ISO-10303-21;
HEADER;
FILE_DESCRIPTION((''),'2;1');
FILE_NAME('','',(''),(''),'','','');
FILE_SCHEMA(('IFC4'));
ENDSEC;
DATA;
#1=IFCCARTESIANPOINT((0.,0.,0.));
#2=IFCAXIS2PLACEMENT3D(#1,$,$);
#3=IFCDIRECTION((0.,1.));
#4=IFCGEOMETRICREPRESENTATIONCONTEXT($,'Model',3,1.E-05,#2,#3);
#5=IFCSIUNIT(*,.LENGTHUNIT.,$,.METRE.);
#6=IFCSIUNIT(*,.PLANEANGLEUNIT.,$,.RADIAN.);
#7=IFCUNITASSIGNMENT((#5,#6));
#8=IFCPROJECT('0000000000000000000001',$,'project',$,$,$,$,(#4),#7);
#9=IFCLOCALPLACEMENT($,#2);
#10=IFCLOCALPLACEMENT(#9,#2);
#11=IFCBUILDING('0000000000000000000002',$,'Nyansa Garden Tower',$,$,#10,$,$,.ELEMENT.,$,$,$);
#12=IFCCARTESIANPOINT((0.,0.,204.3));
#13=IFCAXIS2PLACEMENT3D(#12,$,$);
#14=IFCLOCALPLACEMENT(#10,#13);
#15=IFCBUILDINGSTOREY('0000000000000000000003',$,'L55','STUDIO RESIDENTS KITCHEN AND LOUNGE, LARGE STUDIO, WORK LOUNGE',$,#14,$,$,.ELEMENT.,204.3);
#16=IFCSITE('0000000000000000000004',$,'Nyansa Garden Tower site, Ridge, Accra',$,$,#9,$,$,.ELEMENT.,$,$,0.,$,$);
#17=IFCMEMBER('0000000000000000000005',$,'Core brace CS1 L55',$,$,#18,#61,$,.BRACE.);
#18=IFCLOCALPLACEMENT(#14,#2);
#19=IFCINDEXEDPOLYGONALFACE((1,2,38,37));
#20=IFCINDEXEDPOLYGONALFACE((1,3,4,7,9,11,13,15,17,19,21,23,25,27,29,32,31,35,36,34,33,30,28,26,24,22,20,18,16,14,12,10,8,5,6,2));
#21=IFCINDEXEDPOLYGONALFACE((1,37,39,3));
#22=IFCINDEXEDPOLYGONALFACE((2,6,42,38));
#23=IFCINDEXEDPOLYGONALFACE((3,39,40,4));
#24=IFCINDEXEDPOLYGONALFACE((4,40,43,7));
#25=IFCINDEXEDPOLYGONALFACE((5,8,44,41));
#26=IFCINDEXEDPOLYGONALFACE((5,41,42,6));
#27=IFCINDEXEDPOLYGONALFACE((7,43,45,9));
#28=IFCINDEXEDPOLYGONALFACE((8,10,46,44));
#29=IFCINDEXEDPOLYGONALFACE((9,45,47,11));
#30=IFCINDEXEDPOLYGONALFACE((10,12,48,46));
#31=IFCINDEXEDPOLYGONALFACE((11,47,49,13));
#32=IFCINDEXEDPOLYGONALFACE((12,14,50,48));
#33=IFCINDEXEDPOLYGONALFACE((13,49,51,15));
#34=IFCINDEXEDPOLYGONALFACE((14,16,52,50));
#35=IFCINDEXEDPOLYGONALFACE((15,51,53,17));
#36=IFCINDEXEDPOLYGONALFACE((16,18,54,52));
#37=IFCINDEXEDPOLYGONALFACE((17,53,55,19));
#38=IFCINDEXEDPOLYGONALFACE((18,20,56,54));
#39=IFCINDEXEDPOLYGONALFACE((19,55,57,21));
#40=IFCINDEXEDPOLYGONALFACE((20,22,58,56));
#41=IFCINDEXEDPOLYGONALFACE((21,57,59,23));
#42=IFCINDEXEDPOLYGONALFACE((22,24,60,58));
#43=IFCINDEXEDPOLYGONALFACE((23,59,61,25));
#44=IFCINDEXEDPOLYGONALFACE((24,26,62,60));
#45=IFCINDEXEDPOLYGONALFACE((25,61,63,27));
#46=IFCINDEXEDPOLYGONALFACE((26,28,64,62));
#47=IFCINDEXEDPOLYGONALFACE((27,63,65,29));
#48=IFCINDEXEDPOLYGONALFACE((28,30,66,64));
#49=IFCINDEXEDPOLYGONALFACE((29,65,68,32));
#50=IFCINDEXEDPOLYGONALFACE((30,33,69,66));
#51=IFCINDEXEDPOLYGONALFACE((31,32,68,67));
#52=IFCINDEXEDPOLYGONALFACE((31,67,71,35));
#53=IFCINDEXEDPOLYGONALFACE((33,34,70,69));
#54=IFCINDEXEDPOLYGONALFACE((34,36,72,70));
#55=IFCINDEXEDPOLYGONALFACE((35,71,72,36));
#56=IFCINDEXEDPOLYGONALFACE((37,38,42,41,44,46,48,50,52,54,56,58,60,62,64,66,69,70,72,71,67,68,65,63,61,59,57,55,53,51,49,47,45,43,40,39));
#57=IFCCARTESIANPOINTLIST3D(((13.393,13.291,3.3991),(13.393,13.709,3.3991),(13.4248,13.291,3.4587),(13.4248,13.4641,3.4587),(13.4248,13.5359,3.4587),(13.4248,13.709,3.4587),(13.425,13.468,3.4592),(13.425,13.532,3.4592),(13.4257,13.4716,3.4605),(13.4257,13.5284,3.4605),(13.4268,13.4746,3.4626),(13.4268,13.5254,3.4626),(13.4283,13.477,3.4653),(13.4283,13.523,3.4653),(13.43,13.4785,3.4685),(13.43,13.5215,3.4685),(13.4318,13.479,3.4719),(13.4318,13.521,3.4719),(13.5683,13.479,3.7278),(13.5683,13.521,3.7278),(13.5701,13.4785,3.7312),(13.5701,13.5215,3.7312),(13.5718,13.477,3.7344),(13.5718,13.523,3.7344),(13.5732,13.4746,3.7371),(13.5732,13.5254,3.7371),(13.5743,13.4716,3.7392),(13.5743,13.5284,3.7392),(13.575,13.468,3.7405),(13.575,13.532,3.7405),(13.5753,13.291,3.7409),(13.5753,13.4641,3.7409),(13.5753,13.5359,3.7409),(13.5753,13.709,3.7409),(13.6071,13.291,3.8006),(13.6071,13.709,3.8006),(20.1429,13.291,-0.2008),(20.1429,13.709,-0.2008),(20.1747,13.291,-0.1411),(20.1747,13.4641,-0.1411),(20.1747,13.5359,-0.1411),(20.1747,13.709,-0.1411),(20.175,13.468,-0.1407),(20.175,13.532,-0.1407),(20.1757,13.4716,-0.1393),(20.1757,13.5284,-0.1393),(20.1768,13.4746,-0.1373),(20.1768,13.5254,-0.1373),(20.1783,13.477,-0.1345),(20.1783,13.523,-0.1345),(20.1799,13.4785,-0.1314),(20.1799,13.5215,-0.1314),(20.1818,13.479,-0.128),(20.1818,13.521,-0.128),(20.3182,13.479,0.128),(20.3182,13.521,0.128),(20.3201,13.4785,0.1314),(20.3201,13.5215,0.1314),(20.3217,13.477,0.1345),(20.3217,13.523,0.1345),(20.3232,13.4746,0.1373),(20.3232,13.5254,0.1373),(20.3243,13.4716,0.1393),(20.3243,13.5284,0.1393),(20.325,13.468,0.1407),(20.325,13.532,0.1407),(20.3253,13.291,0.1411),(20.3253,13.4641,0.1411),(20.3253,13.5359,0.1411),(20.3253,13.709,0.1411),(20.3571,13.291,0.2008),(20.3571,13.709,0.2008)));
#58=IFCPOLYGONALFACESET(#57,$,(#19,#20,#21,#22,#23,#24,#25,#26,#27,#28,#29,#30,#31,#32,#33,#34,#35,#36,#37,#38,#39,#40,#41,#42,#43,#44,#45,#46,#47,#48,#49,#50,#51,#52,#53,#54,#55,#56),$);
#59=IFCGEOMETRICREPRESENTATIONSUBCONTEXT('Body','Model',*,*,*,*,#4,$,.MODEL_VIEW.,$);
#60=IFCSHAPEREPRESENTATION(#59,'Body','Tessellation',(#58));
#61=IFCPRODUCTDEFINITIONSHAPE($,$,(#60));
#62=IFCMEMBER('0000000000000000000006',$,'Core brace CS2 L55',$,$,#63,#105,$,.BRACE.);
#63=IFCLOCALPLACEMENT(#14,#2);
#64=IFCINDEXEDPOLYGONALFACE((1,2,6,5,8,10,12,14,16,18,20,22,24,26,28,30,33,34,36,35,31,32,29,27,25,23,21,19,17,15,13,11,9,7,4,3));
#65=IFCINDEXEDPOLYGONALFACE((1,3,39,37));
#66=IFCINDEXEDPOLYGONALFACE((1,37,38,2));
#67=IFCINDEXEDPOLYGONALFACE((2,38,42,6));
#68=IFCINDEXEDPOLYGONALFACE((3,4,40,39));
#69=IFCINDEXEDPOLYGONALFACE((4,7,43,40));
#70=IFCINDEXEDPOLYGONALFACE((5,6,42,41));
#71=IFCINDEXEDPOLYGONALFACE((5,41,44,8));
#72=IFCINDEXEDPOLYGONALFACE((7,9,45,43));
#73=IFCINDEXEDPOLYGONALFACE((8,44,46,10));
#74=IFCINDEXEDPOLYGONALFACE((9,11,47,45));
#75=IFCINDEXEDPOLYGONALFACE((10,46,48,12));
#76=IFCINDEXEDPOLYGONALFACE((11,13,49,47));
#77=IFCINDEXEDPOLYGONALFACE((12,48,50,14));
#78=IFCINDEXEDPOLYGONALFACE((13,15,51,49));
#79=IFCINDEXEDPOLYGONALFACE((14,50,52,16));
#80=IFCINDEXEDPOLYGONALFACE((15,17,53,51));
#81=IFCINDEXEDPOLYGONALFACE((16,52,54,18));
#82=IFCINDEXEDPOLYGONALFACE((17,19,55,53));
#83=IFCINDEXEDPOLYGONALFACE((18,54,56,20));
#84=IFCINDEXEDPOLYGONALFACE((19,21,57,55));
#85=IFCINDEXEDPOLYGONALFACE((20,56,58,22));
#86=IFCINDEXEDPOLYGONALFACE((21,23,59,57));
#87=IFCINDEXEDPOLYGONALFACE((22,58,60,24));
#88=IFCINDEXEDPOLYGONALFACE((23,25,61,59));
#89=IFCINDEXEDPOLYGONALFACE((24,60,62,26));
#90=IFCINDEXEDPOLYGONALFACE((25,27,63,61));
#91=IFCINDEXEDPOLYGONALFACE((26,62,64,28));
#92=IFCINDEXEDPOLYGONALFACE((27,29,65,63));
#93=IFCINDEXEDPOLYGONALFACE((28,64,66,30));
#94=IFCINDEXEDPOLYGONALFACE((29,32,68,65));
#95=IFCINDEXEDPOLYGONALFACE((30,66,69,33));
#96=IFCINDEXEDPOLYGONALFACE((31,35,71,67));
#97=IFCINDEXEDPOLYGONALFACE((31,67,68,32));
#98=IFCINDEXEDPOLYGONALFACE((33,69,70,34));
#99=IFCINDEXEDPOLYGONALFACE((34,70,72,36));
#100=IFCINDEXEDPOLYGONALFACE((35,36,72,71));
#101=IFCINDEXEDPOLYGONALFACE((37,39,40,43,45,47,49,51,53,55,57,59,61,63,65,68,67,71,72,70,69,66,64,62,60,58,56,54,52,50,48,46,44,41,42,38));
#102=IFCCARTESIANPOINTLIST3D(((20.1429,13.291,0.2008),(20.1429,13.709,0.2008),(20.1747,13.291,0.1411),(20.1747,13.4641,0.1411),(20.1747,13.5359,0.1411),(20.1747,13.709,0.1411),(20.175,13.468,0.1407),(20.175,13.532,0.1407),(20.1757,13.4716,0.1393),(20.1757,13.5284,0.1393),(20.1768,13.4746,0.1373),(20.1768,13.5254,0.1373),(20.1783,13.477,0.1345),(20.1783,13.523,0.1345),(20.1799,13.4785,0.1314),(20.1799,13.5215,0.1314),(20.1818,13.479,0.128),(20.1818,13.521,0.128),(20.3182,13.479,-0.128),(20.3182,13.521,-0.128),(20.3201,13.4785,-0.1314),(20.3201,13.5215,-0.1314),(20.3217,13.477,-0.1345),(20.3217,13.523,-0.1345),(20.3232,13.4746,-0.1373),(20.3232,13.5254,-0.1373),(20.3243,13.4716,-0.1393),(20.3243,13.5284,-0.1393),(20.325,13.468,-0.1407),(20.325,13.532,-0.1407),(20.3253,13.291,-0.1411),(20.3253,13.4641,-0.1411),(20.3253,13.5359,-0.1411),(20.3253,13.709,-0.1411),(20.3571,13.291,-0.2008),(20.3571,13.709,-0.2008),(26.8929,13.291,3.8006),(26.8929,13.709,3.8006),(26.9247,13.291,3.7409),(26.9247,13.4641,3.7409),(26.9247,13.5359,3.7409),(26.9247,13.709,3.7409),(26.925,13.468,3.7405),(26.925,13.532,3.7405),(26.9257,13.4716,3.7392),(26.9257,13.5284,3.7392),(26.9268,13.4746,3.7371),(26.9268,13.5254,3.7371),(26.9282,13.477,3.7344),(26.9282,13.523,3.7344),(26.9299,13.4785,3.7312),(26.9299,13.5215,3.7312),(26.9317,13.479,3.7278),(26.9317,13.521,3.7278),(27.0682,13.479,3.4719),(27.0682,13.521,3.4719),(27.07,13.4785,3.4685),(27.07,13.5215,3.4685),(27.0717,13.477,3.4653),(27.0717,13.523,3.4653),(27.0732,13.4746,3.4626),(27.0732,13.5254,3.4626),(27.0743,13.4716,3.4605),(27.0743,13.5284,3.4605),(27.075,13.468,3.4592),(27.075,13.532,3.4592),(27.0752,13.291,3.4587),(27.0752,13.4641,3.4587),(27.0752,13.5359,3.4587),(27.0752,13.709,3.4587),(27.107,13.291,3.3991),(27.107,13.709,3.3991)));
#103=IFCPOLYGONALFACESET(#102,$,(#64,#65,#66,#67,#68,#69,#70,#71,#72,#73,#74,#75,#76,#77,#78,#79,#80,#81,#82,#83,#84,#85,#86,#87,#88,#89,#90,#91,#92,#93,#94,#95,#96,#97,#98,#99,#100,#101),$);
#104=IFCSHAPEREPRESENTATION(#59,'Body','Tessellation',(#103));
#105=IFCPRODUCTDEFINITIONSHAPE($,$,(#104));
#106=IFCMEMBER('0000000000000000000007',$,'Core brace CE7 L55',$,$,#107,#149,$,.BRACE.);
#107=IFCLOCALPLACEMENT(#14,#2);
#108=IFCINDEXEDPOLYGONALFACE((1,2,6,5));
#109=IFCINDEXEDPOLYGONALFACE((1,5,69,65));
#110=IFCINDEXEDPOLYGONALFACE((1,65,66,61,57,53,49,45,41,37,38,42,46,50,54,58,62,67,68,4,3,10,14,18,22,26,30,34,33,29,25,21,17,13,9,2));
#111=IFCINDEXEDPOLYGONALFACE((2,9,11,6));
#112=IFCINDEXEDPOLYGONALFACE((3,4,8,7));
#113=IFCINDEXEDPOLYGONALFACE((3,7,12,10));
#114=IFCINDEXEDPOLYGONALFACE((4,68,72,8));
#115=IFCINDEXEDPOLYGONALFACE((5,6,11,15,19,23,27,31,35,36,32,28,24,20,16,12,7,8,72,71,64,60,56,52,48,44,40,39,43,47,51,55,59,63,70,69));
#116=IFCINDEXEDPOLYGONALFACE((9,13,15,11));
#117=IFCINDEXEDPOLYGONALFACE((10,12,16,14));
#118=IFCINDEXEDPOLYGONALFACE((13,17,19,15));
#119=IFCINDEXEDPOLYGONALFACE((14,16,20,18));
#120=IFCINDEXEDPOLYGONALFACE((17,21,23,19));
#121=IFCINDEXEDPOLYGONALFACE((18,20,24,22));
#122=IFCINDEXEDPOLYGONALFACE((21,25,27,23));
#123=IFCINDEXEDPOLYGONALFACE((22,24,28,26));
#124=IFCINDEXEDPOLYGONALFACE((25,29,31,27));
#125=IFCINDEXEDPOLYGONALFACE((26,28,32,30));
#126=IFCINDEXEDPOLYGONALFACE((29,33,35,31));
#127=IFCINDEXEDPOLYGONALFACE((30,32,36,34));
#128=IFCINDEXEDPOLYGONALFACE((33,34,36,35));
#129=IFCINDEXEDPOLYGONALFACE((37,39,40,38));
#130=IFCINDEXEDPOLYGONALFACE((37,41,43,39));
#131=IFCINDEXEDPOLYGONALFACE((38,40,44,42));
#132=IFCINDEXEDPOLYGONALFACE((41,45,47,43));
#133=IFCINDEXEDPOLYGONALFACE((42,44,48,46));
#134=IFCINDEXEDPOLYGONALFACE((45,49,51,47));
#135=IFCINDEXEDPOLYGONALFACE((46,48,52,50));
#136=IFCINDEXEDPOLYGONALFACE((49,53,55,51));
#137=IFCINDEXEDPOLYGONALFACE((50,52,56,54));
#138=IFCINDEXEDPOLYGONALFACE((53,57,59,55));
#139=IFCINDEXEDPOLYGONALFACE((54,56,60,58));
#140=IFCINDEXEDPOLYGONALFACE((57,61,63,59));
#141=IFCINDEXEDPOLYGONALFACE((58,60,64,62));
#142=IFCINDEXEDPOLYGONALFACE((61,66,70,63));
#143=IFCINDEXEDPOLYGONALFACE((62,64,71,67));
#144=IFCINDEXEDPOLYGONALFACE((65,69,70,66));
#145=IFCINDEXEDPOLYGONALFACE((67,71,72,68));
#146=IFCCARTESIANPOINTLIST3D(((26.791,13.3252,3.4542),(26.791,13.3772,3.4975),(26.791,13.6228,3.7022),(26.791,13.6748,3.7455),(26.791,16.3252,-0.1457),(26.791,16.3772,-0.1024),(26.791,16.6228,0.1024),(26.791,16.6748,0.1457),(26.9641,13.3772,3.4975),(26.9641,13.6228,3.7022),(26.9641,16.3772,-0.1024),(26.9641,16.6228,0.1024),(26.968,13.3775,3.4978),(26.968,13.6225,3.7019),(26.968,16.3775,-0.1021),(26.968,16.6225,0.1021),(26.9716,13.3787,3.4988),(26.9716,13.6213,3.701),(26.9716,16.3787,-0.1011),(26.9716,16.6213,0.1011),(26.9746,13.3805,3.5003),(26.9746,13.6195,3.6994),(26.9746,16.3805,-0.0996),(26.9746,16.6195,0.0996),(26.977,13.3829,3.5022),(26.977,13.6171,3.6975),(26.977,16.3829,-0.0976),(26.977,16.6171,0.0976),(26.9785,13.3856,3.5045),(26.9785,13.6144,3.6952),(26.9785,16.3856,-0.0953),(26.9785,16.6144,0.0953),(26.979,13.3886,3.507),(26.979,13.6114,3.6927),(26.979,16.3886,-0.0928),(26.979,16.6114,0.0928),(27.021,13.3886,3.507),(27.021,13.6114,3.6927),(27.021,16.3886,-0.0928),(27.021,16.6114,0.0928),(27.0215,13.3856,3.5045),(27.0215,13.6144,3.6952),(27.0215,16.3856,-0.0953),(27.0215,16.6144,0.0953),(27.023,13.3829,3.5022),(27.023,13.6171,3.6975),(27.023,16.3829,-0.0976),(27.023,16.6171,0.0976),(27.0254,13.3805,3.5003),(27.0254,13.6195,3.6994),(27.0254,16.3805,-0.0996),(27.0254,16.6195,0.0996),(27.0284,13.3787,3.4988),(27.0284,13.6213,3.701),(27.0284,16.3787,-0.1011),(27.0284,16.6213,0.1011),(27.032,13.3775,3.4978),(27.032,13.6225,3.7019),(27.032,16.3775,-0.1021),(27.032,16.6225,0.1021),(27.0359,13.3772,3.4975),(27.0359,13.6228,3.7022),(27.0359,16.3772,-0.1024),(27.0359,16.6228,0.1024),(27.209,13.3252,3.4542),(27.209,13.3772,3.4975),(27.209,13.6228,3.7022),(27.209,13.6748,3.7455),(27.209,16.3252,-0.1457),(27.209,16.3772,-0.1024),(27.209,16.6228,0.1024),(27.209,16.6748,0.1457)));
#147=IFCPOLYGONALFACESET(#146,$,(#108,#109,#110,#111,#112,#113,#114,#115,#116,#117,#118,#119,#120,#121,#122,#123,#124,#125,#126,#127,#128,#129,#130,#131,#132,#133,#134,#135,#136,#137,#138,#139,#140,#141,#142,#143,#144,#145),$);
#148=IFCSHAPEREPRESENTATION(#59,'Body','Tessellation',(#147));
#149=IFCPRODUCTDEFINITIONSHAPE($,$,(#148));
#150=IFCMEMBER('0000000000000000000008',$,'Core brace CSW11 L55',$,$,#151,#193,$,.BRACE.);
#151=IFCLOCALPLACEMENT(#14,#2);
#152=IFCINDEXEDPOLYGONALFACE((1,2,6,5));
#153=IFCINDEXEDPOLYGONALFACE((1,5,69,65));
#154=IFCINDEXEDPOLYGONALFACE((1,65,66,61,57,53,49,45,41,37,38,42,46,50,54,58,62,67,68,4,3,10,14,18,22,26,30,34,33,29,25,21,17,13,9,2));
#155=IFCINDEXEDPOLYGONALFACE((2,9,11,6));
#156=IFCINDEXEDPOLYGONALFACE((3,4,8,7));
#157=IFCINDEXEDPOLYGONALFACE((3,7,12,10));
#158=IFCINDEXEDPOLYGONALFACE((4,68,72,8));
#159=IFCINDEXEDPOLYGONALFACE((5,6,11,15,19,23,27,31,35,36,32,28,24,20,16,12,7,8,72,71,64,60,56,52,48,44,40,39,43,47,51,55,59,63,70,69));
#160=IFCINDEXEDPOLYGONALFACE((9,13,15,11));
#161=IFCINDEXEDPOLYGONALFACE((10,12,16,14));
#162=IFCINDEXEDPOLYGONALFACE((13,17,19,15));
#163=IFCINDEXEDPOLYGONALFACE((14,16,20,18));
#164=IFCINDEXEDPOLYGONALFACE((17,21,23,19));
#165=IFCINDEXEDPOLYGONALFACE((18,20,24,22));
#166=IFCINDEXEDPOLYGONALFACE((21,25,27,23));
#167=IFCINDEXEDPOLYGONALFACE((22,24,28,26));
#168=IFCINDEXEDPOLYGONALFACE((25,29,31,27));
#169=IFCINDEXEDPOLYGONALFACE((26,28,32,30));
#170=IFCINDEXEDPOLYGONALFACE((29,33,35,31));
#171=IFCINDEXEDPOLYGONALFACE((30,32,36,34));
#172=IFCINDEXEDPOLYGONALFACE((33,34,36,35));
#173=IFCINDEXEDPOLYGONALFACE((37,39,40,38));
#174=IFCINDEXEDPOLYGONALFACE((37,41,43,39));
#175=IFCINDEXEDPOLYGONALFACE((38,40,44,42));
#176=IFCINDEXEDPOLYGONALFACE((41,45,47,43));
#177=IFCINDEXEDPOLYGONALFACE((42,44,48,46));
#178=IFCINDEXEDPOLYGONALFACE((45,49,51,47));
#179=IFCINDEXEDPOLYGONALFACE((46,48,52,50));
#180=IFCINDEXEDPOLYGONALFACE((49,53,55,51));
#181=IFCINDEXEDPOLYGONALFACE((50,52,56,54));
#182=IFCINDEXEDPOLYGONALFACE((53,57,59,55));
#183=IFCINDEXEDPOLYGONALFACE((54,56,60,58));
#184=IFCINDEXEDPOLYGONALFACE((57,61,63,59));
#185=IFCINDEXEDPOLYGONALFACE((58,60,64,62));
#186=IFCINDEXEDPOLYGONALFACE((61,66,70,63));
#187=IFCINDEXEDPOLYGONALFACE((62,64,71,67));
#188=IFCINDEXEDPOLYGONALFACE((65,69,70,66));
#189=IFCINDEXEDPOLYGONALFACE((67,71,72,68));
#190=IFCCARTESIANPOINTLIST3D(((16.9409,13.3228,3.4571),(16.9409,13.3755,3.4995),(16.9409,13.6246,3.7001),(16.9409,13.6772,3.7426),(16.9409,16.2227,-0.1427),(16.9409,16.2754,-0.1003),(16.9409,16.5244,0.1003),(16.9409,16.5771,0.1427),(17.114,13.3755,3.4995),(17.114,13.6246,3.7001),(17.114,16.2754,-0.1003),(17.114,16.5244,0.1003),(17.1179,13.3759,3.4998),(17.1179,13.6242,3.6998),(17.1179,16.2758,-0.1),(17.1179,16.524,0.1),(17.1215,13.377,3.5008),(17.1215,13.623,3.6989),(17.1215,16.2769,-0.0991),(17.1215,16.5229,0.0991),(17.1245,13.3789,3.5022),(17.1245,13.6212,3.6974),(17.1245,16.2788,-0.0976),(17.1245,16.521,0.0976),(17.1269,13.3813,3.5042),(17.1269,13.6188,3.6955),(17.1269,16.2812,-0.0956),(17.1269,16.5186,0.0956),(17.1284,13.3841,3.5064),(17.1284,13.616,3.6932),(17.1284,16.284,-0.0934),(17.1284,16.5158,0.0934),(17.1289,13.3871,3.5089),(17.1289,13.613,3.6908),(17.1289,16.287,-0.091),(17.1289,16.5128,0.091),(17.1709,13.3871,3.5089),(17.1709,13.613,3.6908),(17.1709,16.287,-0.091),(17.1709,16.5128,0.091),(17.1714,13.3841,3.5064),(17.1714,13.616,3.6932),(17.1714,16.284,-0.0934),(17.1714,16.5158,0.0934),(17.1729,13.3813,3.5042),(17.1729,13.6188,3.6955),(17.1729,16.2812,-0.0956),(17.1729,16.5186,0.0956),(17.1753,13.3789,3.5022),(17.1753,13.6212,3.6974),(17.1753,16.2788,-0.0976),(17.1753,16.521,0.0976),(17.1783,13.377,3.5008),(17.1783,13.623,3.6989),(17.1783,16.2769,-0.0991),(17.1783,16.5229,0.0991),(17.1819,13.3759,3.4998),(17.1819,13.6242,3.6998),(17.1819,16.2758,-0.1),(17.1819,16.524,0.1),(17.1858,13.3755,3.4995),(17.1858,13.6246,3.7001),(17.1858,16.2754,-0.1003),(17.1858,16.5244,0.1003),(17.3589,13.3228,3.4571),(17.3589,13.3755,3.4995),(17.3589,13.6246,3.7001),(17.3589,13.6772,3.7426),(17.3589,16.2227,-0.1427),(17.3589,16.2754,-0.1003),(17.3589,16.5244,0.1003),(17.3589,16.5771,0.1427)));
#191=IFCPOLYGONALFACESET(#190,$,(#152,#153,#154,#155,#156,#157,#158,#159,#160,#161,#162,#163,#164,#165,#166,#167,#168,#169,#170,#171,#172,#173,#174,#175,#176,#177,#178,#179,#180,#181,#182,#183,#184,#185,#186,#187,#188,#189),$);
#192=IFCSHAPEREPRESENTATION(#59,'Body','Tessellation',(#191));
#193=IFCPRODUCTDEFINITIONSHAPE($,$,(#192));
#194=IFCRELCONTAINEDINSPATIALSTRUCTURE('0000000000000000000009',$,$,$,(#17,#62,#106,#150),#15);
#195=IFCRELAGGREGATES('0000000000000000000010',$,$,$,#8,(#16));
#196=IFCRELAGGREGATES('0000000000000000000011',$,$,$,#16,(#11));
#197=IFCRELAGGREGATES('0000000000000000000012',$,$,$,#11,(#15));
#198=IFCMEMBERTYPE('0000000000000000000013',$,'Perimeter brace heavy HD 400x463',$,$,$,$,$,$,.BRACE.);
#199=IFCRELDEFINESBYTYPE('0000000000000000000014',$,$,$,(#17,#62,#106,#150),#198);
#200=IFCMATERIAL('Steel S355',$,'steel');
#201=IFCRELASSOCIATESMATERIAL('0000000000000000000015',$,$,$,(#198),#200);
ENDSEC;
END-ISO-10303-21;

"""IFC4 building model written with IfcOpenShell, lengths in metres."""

from ifc_helpers import new_model, si_unit, direction, frame, origin, origin_2d, place, context, subcontext, project, spatial, i_section, extrude, material, material_profile, profile_set, type_object, element, save


model = new_model("IFC4")

# Units and contexts
model_context = context("Model", 3, precision=1e-05, world=origin(), true_north=direction((0.0, 1.0)))
body_context = subcontext(model_context, "Body", "Model", "MODEL_VIEW")
ifc_project = project(units=[si_unit("LENGTHUNIT", "METRE"), si_unit("PLANEANGLEUNIT", "RADIAN")], contexts=[model_context])

# Site, building, storey
site_placement = place(None, origin())
site = spatial("IfcSite", under=ifc_project, at=site_placement, Name="Nyansa Garden Tower site, Ridge, Accra", CompositionType="ELEMENT", RefElevation=0.0)
building_placement = place(site_placement, origin())
building = spatial("IfcBuilding", under=site, at=building_placement, Name="Nyansa Garden Tower", CompositionType="ELEMENT")
storey_placement = place(building_placement, frame((0.0, 0.0, 204.3)))
storey = spatial("IfcBuildingStorey", under=building, at=storey_placement, Name="L55", Description="STUDIO RESIDENTS KITCHEN AND LOUNGE, LARGE STUDIO, WORK LOUNGE", CompositionType="ELEMENT", Elevation=204.3)

# Members
ifc_material_1 = material(Name="Steel S355", Category="steel")
ifc_material_profile_1 = material_profile(ifc_material_1, i_section(OverallWidth=0.418, OverallDepth=0.4551, WebThickness=0.042, FlangeThickness=0.0676, FilletRadius=0.0149, at=origin_2d()), Name="HD 400x463")
ifc_profile_set_1 = profile_set([ifc_material_profile_1], Name="Steel S355")
member_type = type_object("IfcMemberType", Name="Perimeter brace heavy HD 400x463", PredefinedType="BRACE", material=ifc_profile_set_1)
for number, where, z_axis, x_axis, name in (
    (1, (20.25, 13.5, 0.0), (-0.882361, 0.0, 0.470573), (0.0, -1.0, 0.0), "Core brace CS1 L55"),
    (2, (20.25, 13.5, 0.0), (0.882361, 0.0, 0.470573), (0.0, 1.0, 0.0), "Core brace CS2 L55"),
):
    element("IfcMember", number, at=place(storey_placement, frame(where, z_axis=z_axis, x_axis=x_axis)), inside=storey, type_object=member_type, Name=name, PredefinedType="BRACE", context=body_context, shape_type="SweptSolid", body=[
        extrude(i_section(OverallWidth=0.418, OverallDepth=0.4551, WebThickness=0.042, FlangeThickness=0.0676, FilletRadius=0.0149, at=origin_2d()), origin(), (0.0, 0.0, 1.0), 7.6499),
    ])
member_placement = place(storey_placement, frame((27.0, 16.5, 0.0), z_axis=(0.0, -0.6402, 0.768208), x_axis=(1.0, 0.0, 0.0)))
element("IfcMember", 3, at=member_placement, inside=storey, type_object=member_type, Name="Core brace CE7 L55", PredefinedType="BRACE", context=body_context, shape_type="SweptSolid", body=[
    extrude(i_section(OverallWidth=0.418, OverallDepth=0.4551, WebThickness=0.042, FlangeThickness=0.0676, FilletRadius=0.0149, at=origin_2d()), origin(), (0.0, 0.0, 1.0), 4.686),
])
for number, where, z_axis, x_axis, name in (
    (4, (17.1499, 16.3999, 0.0), (0.0, -0.627332, 0.778752), (1.0, 0.0, 0.0), "Core brace CSW11 L55"),
):
    element("IfcMember", number, at=place(storey_placement, frame(where, z_axis=z_axis, x_axis=x_axis)), inside=storey, type_object=member_type, Name=name, PredefinedType="BRACE", context=body_context, shape_type="SweptSolid", body=[
        extrude(i_section(OverallWidth=0.418, OverallDepth=0.4551, WebThickness=0.042, FlangeThickness=0.0676, FilletRadius=0.0149, at=origin_2d()), origin(), (0.0, 0.0, 1.0), 4.6226),
    ])

save(model, "model.ifc")
